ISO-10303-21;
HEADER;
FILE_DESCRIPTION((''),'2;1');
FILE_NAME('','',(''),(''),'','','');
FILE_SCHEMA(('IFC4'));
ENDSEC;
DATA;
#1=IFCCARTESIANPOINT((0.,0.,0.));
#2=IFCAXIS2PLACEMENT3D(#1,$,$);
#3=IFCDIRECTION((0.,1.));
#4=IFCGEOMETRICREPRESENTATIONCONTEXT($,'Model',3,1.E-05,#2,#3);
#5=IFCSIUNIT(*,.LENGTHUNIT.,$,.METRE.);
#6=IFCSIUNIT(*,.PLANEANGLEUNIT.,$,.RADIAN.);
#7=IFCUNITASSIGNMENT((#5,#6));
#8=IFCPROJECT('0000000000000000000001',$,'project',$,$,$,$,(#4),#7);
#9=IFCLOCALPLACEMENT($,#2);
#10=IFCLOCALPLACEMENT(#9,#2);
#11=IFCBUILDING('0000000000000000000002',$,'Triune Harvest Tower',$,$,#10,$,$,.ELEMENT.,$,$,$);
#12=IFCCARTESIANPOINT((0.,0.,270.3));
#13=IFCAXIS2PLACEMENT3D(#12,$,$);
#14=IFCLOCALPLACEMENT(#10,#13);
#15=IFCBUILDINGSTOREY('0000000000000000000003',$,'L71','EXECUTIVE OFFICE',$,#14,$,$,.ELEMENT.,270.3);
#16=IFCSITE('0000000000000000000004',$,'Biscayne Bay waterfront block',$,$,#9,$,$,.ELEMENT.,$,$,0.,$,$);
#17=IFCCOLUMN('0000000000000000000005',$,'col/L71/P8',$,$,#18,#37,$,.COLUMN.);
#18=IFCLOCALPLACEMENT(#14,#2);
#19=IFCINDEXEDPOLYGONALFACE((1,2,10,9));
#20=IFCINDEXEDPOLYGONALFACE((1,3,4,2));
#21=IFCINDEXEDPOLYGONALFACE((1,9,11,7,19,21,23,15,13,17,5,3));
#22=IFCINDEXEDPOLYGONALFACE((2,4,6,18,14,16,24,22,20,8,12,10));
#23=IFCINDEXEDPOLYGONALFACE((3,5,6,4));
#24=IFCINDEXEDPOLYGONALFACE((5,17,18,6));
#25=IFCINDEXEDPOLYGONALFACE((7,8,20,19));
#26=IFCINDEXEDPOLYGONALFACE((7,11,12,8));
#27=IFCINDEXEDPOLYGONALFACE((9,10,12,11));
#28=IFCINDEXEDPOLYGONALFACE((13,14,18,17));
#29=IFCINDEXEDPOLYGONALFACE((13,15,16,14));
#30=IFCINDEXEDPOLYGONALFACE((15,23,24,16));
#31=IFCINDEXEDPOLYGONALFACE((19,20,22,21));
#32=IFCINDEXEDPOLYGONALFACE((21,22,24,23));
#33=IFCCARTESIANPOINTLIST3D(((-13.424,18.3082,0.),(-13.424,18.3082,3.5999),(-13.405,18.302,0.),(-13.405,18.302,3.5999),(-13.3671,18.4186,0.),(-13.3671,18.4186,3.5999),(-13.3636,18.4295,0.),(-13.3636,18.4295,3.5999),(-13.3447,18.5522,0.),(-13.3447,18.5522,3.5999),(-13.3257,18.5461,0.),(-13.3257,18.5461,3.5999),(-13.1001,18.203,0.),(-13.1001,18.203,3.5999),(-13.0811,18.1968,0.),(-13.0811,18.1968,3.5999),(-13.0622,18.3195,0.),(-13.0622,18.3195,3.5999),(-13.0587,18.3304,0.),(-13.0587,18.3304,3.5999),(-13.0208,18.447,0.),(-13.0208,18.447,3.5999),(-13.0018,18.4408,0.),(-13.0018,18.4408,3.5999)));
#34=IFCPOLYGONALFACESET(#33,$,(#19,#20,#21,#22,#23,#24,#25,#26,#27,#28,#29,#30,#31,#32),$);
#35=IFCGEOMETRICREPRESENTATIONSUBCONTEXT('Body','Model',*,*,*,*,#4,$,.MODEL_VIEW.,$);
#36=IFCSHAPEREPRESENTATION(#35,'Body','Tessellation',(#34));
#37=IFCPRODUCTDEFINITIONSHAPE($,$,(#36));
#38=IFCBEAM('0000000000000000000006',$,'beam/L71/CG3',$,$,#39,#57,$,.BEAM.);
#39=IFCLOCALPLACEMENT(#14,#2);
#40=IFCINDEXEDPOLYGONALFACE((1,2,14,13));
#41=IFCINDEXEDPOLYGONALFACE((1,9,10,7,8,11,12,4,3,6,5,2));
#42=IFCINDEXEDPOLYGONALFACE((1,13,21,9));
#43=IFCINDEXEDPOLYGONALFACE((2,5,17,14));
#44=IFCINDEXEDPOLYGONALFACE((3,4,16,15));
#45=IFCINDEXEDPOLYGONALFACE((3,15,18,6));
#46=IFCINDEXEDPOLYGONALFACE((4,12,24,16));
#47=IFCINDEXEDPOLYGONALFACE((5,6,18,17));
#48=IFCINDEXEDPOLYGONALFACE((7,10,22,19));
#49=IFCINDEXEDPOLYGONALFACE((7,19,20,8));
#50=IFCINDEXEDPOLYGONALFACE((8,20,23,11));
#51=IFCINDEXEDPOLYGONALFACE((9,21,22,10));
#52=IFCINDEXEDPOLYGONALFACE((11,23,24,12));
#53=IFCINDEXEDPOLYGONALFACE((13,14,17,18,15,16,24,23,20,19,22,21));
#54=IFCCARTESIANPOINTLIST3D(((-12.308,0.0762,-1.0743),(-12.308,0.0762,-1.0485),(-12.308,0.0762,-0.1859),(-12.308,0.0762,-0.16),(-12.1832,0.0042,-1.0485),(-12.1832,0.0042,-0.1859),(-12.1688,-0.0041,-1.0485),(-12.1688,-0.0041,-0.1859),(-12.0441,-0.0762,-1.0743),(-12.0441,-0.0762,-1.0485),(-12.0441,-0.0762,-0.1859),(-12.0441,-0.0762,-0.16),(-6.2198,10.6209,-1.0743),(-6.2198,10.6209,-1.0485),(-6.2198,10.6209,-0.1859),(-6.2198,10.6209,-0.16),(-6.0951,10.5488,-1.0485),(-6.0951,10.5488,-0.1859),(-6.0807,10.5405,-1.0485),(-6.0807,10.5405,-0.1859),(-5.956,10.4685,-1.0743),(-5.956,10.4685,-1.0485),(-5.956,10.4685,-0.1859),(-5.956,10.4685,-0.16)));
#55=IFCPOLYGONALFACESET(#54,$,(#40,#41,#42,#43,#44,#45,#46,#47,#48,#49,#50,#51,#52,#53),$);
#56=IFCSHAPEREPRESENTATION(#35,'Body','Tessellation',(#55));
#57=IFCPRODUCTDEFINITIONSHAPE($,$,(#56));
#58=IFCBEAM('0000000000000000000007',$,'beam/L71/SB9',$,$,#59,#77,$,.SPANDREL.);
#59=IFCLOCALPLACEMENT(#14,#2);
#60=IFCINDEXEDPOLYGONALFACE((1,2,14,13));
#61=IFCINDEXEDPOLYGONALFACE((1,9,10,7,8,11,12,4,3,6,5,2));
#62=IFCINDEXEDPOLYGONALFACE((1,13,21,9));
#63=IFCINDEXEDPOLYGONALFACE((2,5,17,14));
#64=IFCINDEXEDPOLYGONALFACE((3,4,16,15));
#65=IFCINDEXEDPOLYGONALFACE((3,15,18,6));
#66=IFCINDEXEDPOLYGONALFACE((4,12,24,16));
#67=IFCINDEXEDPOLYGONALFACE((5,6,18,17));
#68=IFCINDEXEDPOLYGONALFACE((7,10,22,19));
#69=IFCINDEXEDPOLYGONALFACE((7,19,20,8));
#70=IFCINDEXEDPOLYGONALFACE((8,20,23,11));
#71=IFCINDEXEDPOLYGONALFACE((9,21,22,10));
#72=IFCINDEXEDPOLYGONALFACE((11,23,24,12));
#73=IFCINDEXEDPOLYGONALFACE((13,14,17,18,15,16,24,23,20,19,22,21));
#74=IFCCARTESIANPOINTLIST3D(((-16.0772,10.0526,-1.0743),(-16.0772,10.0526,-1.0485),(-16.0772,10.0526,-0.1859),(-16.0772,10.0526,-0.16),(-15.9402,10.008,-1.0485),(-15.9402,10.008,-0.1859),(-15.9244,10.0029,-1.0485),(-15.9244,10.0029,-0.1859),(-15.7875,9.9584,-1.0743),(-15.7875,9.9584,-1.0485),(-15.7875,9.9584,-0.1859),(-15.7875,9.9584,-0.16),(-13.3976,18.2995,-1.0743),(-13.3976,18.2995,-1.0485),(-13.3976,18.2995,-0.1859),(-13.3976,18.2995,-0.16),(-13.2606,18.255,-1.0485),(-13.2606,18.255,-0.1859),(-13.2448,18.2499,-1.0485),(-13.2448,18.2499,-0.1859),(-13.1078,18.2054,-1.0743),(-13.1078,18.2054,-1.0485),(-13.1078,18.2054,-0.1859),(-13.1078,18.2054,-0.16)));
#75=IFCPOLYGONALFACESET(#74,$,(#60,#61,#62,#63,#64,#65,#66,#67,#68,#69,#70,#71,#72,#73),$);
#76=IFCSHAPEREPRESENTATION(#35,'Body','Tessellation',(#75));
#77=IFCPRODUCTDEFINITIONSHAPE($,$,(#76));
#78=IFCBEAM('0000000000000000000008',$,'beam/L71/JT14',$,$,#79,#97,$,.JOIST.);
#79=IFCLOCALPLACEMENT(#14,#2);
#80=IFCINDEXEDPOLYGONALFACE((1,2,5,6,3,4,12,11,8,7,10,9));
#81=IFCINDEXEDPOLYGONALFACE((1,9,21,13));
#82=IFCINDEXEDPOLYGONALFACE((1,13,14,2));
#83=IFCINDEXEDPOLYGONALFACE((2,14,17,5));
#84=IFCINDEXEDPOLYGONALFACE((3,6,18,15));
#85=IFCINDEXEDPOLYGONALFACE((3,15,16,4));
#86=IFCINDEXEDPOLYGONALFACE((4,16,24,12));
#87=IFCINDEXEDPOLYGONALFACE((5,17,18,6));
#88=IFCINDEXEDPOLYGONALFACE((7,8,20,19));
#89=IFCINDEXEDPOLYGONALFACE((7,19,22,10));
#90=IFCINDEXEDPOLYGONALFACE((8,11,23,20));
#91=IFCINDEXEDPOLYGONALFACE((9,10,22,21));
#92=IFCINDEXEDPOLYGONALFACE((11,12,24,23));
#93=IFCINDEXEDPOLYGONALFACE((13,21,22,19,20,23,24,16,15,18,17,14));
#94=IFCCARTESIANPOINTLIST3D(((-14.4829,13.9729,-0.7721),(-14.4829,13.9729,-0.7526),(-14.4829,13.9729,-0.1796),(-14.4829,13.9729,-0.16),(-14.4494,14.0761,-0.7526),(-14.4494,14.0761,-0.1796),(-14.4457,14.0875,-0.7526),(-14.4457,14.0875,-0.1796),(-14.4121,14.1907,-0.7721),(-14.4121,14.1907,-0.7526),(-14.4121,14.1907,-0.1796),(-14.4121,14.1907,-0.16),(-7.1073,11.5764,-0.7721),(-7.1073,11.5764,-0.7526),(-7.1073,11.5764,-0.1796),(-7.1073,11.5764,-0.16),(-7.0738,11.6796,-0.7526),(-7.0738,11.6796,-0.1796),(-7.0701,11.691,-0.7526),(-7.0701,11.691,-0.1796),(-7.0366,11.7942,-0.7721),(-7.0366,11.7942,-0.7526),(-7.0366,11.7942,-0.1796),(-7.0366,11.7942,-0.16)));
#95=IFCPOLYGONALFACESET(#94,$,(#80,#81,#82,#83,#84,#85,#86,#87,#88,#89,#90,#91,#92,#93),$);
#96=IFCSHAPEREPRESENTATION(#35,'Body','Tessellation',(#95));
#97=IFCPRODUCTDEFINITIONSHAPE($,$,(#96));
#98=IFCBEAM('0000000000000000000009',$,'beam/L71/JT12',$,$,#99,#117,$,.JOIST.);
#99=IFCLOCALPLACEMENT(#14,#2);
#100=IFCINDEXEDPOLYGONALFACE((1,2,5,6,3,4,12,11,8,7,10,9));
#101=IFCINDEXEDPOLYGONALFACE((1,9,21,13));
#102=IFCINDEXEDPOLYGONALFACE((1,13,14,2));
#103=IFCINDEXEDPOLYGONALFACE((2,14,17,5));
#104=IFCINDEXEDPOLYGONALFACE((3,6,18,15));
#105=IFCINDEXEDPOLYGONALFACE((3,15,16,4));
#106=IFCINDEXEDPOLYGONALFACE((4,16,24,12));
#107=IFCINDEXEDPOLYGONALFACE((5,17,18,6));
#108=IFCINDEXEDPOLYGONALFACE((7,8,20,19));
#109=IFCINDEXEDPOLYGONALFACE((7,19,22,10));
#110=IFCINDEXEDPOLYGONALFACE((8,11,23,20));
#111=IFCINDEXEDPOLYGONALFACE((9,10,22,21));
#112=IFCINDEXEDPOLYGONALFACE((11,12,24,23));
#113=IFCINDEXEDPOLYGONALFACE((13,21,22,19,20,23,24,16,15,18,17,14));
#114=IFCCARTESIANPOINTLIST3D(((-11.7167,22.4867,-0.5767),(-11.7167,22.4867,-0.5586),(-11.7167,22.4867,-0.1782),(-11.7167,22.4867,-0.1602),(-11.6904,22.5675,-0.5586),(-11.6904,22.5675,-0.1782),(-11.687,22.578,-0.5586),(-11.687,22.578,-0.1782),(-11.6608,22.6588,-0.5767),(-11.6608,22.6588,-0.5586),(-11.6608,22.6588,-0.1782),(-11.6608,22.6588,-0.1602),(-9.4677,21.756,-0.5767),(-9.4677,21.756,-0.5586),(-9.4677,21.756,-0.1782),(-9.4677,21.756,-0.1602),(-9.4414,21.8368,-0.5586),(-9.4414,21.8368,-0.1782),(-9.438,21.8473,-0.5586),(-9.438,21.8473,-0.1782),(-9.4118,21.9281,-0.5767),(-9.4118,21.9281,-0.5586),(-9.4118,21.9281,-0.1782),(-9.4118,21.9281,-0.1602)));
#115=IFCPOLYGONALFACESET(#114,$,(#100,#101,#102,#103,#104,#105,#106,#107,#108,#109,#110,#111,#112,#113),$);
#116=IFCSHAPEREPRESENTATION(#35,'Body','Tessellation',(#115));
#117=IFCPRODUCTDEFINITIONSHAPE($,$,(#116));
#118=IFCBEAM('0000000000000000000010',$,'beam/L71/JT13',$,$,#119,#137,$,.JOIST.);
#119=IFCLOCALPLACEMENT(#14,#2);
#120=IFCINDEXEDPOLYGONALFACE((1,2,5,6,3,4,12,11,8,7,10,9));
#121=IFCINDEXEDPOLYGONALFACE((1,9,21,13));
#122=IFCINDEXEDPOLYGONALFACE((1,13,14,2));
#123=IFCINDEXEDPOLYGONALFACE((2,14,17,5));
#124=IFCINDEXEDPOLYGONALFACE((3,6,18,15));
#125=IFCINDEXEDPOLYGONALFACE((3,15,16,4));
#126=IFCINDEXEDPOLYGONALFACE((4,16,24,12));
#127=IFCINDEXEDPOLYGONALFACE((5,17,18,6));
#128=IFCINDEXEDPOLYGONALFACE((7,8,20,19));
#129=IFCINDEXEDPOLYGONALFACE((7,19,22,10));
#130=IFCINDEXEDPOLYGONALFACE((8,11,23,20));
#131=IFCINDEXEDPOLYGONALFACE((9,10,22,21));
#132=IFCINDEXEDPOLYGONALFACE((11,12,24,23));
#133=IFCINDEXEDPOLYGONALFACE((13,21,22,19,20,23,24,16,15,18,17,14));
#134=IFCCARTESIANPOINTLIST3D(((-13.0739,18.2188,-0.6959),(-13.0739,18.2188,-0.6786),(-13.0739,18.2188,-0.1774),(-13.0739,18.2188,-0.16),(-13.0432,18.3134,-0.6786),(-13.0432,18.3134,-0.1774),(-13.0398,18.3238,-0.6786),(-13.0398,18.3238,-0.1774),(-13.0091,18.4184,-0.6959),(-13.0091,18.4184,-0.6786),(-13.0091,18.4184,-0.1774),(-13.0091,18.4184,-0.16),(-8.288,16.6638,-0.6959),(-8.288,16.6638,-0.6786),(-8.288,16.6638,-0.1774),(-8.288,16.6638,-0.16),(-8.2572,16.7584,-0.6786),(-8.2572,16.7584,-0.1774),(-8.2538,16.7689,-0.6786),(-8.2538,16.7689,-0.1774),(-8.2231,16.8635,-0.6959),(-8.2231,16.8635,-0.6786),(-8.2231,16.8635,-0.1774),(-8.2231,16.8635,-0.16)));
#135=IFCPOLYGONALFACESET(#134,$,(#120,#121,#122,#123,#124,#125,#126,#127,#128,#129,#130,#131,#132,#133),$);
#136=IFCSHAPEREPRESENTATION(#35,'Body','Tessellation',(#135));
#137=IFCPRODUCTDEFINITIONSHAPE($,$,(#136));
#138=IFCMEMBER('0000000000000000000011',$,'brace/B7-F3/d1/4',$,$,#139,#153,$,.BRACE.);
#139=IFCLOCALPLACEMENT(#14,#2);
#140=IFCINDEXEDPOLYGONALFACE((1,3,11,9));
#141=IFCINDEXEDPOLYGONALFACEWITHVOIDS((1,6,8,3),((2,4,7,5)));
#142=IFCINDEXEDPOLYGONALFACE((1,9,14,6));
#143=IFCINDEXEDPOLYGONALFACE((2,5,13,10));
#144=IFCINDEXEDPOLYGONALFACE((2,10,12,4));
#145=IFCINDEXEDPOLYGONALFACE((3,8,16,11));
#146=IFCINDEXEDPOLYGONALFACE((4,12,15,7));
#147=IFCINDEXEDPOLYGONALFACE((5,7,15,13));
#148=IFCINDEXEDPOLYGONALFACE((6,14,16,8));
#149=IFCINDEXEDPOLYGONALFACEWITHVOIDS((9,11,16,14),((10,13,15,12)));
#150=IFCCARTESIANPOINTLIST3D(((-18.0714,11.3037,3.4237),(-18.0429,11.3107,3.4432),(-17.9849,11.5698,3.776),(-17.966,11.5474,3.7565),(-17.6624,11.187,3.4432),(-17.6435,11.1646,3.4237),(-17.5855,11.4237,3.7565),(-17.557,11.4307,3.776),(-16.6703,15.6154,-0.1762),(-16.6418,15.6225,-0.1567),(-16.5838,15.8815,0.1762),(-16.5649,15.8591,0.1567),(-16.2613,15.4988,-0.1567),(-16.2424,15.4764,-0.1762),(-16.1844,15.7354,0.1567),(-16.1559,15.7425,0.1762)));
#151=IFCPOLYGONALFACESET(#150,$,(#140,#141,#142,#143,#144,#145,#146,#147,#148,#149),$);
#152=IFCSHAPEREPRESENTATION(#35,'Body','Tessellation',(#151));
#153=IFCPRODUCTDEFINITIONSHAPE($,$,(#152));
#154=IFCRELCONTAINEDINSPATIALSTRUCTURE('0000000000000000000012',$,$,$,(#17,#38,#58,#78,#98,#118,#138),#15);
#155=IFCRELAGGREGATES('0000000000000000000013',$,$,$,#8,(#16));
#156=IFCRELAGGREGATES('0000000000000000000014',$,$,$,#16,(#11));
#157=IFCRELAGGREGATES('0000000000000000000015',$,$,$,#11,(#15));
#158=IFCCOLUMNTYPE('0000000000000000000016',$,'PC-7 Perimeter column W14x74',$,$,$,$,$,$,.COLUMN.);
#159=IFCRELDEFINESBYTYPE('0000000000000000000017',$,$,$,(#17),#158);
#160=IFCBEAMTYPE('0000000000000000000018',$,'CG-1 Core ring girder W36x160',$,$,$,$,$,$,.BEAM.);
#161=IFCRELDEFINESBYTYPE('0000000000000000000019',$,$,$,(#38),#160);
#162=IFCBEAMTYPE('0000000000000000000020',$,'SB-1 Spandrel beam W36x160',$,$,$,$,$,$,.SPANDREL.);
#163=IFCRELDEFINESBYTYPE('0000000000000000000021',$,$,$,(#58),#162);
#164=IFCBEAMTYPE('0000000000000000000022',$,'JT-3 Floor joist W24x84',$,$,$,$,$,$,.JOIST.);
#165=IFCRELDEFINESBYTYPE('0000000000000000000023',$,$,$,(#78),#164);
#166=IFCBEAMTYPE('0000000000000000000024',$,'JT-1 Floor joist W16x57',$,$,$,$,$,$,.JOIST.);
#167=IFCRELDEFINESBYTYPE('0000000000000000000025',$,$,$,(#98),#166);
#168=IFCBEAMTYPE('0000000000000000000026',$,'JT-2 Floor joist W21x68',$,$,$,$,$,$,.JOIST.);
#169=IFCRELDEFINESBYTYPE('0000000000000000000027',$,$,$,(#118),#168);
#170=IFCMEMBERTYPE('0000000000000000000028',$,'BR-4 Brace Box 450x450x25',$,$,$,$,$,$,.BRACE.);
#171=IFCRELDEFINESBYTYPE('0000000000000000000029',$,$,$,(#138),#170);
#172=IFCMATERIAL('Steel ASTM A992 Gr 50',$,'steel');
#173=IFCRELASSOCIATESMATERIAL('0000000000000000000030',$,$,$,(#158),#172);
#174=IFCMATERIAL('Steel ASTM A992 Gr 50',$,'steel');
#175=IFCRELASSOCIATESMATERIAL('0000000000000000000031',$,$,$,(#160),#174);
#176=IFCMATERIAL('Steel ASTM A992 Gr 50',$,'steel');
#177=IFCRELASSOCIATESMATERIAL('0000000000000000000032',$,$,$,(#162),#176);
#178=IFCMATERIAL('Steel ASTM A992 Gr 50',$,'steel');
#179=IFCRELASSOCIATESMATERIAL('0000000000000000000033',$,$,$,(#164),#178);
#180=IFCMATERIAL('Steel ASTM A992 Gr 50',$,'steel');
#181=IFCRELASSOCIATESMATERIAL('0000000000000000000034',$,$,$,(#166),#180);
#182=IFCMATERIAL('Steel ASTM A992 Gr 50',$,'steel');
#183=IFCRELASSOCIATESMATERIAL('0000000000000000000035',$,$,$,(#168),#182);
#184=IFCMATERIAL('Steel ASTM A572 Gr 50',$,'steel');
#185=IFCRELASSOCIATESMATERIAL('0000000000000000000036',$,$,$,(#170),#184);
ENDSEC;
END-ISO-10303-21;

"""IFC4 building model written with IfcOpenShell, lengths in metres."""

from ifc_helpers import new_model, si_unit, direction, frame, origin, origin_2d, place, context, subcontext, project, spatial, hollow_rectangle, i_section, extrude, source, transform, mapped, material, material_profile, profile_set, type_object, element, save


model = new_model("IFC4")

# Units and contexts
model_context = context("Model", 3, precision=1e-05, world=origin(), true_north=direction((0.0, 1.0)))
body_context = subcontext(model_context, "Body", "Model", "MODEL_VIEW")
ifc_project = project(units=[si_unit("LENGTHUNIT", "METRE"), si_unit("PLANEANGLEUNIT", "RADIAN")], contexts=[model_context])

# Site, building, storey
site_placement = place(None, origin())
site = spatial("IfcSite", under=ifc_project, at=site_placement, Name="Biscayne Bay waterfront block", CompositionType="ELEMENT", RefElevation=0.0)
building_placement = place(site_placement, origin())
building = spatial("IfcBuilding", under=site, at=building_placement, Name="Triune Harvest Tower", CompositionType="ELEMENT")
storey_placement = place(building_placement, frame((0.0, 0.0, 270.3)))
storey = spatial("IfcBuildingStorey", under=building, at=storey_placement, Name="L71", Description="EXECUTIVE OFFICE", CompositionType="ELEMENT", Elevation=270.3)

# Column
ifc_material_1 = material(Name="Steel ASTM A992 Gr 50", Category="steel")
ifc_material_profile_1 = material_profile(ifc_material_1, i_section(OverallWidth=0.2566, OverallDepth=0.3606, WebThickness=0.0115, FlangeThickness=0.02, at=origin_2d()), Name="W14x74")
ifc_profile_set_1 = profile_set([ifc_material_profile_1], Name="Steel ASTM A992 Gr 50")
column_type = type_object("IfcColumnType", Name="PC-7 Perimeter column W14x74", PredefinedType="COLUMN", material=ifc_profile_set_1)
shared_shape_1 = source(origin(), body_context, "Body", "SweptSolid", [
    extrude(i_section(OverallWidth=0.2566, OverallDepth=0.3606, WebThickness=0.0115, FlangeThickness=0.02, at=origin_2d()), origin(), (0.0, 0.0, 1.0), 3.5999),
])
column_placement = place(storey_placement, frame((-13.2129, 18.3745, 0.0), z_axis=(0.0, 0.0, 1.0), x_axis=(-0.309015, -0.951057, 0.0)))
element("IfcColumn", 1, at=column_placement, inside=storey, type_object=column_type, Name="col/L71/P8", PredefinedType="COLUMN", context=body_context, shape_type="MappedRepresentation", body=[
    mapped(shared_shape_1, transform((0.0, 0.0, 0.0), scale=1.0)),
])

# Beams
ifc_material_2 = material(Name="Steel ASTM A992 Gr 50", Category="steel")
ifc_material_profile_2 = material_profile(ifc_material_2, i_section(OverallWidth=0.3047, OverallDepth=0.9143, WebThickness=0.0166, FlangeThickness=0.0259, at=origin_2d()), Name="W36x160")
ifc_profile_set_2 = profile_set([ifc_material_profile_2], Name="Steel ASTM A992 Gr 50")
beam_type_1 = type_object("IfcBeamType", Name="CG-1 Core ring girder W36x160", PredefinedType="BEAM", material=ifc_profile_set_2)
shared_shape_2 = source(origin(), body_context, "Body", "SweptSolid", [
    extrude(i_section(OverallWidth=0.3047, OverallDepth=0.9143, WebThickness=0.0166, FlangeThickness=0.0259, at=origin_2d()), origin(), (0.0, 0.0, 1.0), 12.176),
])
beam_1_placement = place(storey_placement, frame((-6.0879, 10.5447, -0.6172), z_axis=(-0.50001, -0.86602, 0.0), x_axis=(0.86602, -0.50001, 0.0)))
element("IfcBeam", 2, at=beam_1_placement, inside=storey, type_object=beam_type_1, Name="beam/L71/CG3", PredefinedType="BEAM", context=body_context, shape_type="MappedRepresentation", body=[
    mapped(shared_shape_2, transform((0.0, 0.0, 0.0), scale=1.0)),
])
ifc_material_3 = material(Name="Steel ASTM A992 Gr 50", Category="steel")
ifc_material_profile_3 = material_profile(ifc_material_3, i_section(OverallWidth=0.3047, OverallDepth=0.9143, WebThickness=0.0166, FlangeThickness=0.0259, at=origin_2d()), Name="W36x160")
ifc_profile_set_3 = profile_set([ifc_material_profile_3], Name="Steel ASTM A992 Gr 50")
beam_type_2 = type_object("IfcBeamType", Name="SB-1 Spandrel beam W36x160", PredefinedType="SPANDREL", material=ifc_profile_set_3)
shared_shape_3 = source(origin(), body_context, "Body", "SweptSolid", [
    extrude(i_section(OverallWidth=0.3047, OverallDepth=0.9143, WebThickness=0.0166, FlangeThickness=0.0259, at=origin_2d()), origin(), (0.0, 0.0, 1.0), 8.6714),
])
beam_2_placement = place(storey_placement, frame((-13.2527, 18.2524, -0.6172), z_axis=(-0.309022, -0.951055, 0.0), x_axis=(0.951055, -0.309022, 0.0)))
element("IfcBeam", 3, at=beam_2_placement, inside=storey, type_object=beam_type_2, Name="beam/L71/SB9", PredefinedType="SPANDREL", context=body_context, shape_type="MappedRepresentation", body=[
    mapped(shared_shape_3, transform((0.0, 0.0, 0.0), scale=1.0)),
])
ifc_material_4 = material(Name="Steel ASTM A992 Gr 50", Category="steel")
ifc_material_profile_4 = material_profile(ifc_material_4, i_section(OverallWidth=0.229, OverallDepth=0.6121, WebThickness=0.012, FlangeThickness=0.0195, at=origin_2d()), Name="W24x84")
ifc_profile_set_4 = profile_set([ifc_material_profile_4], Name="Steel ASTM A992 Gr 50")
beam_type_3 = type_object("IfcBeamType", Name="JT-3 Floor joist W24x84", PredefinedType="JOIST", material=ifc_profile_set_4)
shared_shape_4 = source(origin(), body_context, "Body", "SweptSolid", [
    extrude(i_section(OverallWidth=0.229, OverallDepth=0.6121, WebThickness=0.012, FlangeThickness=0.0195, at=origin_2d()), origin(), (0.0, 0.0, 1.0), 7.7551),
])
beam_3_placement = place(storey_placement, frame((-14.4475, 14.0818, -0.4661), z_axis=(0.951055, -0.309022, 0.0), x_axis=(0.309022, 0.951055, 0.0)))
element("IfcBeam", 4, at=beam_3_placement, inside=storey, type_object=beam_type_3, Name="beam/L71/JT14", PredefinedType="JOIST", context=body_context, shape_type="MappedRepresentation", body=[
    mapped(shared_shape_4, transform((0.0, 0.0, 0.0), scale=1.0)),
])
ifc_material_5 = material(Name="Steel ASTM A992 Gr 50", Category="steel")
ifc_material_profile_5 = material_profile(ifc_material_5, i_section(OverallWidth=0.1809, OverallDepth=0.4165, WebThickness=0.011, FlangeThickness=0.0181, at=origin_2d()), Name="W16x57")
ifc_profile_set_5 = profile_set([ifc_material_profile_5], Name="Steel ASTM A992 Gr 50")
beam_type_4 = type_object("IfcBeamType", Name="JT-1 Floor joist W16x57", PredefinedType="JOIST", material=ifc_profile_set_5)
shared_shape_5 = source(origin(), body_context, "Body", "SweptSolid", [
    extrude(i_section(OverallWidth=0.1809, OverallDepth=0.4165, WebThickness=0.011, FlangeThickness=0.0181, at=origin_2d()), origin(), (0.0, 0.0, 1.0), 2.3647),
])
beam_4_placement = place(storey_placement, frame((-11.6887, 22.5728, -0.3684), z_axis=(0.951061, -0.309002, 0.0), x_axis=(0.309002, 0.951061, 0.0)))
element("IfcBeam", 5, at=beam_4_placement, inside=storey, type_object=beam_type_4, Name="beam/L71/JT12", PredefinedType="JOIST", context=body_context, shape_type="MappedRepresentation", body=[
    mapped(shared_shape_5, transform((0.0, 0.0, 0.0), scale=1.0)),
])
ifc_material_6 = material(Name="Steel ASTM A992 Gr 50", Category="steel")
ifc_material_profile_6 = material_profile(ifc_material_6, i_section(OverallWidth=0.21, OverallDepth=0.5359, WebThickness=0.011, FlangeThickness=0.0173, at=origin_2d()), Name="W21x68")
ifc_profile_set_6 = profile_set([ifc_material_profile_6], Name="Steel ASTM A992 Gr 50")
beam_type_5 = type_object("IfcBeamType", Name="JT-2 Floor joist W21x68", PredefinedType="JOIST", material=ifc_profile_set_6)
shared_shape_6 = source(origin(), body_context, "Body", "SweptSolid", [
    extrude(i_section(OverallWidth=0.21, OverallDepth=0.5359, WebThickness=0.011, FlangeThickness=0.0173, at=origin_2d()), origin(), (0.0, 0.0, 1.0), 5.0322),
])
beam_5_placement = place(storey_placement, frame((-13.0415, 18.3186, -0.428), z_axis=(0.951062, -0.308999, 0.0), x_axis=(0.308999, 0.951062, 0.0)))
element("IfcBeam", 6, at=beam_5_placement, inside=storey, type_object=beam_type_5, Name="beam/L71/JT13", PredefinedType="JOIST", context=body_context, shape_type="MappedRepresentation", body=[
    mapped(shared_shape_6, transform((0.0, 0.0, 0.0), scale=1.0)),
])

# Member
ifc_material_7 = material(Name="Steel ASTM A572 Gr 50", Category="steel")
ifc_material_profile_7 = material_profile(ifc_material_7, hollow_rectangle(XDim=0.45, YDim=0.45, WallThickness=0.0249, at=origin_2d()), Name="Box 450x450x25")
ifc_profile_set_7 = profile_set([ifc_material_profile_7], Name="Steel ASTM A572 Gr 50")
member_type_1 = type_object("IfcMemberType", Name="BR-4 Brace Box 450x450x25", PredefinedType="BRACE", material=ifc_profile_set_7)
shared_shape_7 = source(origin(), body_context, "Body", "SweptSolid", [
    extrude(hollow_rectangle(XDim=0.45, YDim=0.45, WallThickness=0.0249, at=origin_2d()), origin(), (0.0, 0.0, 1.0), 5.7891),
])
member_1_placement = place(storey_placement, frame((-16.4131, 15.679, 0.0), z_axis=(-0.242029, -0.744811, 0.621835), x_axis=(0.951047, -0.309046, 0.0)))
element("IfcMember", 7, at=member_1_placement, inside=storey, type_object=member_type_1, Name="brace/B7-F3/d1/4", PredefinedType="BRACE", context=body_context, shape_type="MappedRepresentation", body=[
    mapped(shared_shape_7, transform((0.0, 0.0, 0.0), scale=1.0)),
])

save(model, "model.ifc")
